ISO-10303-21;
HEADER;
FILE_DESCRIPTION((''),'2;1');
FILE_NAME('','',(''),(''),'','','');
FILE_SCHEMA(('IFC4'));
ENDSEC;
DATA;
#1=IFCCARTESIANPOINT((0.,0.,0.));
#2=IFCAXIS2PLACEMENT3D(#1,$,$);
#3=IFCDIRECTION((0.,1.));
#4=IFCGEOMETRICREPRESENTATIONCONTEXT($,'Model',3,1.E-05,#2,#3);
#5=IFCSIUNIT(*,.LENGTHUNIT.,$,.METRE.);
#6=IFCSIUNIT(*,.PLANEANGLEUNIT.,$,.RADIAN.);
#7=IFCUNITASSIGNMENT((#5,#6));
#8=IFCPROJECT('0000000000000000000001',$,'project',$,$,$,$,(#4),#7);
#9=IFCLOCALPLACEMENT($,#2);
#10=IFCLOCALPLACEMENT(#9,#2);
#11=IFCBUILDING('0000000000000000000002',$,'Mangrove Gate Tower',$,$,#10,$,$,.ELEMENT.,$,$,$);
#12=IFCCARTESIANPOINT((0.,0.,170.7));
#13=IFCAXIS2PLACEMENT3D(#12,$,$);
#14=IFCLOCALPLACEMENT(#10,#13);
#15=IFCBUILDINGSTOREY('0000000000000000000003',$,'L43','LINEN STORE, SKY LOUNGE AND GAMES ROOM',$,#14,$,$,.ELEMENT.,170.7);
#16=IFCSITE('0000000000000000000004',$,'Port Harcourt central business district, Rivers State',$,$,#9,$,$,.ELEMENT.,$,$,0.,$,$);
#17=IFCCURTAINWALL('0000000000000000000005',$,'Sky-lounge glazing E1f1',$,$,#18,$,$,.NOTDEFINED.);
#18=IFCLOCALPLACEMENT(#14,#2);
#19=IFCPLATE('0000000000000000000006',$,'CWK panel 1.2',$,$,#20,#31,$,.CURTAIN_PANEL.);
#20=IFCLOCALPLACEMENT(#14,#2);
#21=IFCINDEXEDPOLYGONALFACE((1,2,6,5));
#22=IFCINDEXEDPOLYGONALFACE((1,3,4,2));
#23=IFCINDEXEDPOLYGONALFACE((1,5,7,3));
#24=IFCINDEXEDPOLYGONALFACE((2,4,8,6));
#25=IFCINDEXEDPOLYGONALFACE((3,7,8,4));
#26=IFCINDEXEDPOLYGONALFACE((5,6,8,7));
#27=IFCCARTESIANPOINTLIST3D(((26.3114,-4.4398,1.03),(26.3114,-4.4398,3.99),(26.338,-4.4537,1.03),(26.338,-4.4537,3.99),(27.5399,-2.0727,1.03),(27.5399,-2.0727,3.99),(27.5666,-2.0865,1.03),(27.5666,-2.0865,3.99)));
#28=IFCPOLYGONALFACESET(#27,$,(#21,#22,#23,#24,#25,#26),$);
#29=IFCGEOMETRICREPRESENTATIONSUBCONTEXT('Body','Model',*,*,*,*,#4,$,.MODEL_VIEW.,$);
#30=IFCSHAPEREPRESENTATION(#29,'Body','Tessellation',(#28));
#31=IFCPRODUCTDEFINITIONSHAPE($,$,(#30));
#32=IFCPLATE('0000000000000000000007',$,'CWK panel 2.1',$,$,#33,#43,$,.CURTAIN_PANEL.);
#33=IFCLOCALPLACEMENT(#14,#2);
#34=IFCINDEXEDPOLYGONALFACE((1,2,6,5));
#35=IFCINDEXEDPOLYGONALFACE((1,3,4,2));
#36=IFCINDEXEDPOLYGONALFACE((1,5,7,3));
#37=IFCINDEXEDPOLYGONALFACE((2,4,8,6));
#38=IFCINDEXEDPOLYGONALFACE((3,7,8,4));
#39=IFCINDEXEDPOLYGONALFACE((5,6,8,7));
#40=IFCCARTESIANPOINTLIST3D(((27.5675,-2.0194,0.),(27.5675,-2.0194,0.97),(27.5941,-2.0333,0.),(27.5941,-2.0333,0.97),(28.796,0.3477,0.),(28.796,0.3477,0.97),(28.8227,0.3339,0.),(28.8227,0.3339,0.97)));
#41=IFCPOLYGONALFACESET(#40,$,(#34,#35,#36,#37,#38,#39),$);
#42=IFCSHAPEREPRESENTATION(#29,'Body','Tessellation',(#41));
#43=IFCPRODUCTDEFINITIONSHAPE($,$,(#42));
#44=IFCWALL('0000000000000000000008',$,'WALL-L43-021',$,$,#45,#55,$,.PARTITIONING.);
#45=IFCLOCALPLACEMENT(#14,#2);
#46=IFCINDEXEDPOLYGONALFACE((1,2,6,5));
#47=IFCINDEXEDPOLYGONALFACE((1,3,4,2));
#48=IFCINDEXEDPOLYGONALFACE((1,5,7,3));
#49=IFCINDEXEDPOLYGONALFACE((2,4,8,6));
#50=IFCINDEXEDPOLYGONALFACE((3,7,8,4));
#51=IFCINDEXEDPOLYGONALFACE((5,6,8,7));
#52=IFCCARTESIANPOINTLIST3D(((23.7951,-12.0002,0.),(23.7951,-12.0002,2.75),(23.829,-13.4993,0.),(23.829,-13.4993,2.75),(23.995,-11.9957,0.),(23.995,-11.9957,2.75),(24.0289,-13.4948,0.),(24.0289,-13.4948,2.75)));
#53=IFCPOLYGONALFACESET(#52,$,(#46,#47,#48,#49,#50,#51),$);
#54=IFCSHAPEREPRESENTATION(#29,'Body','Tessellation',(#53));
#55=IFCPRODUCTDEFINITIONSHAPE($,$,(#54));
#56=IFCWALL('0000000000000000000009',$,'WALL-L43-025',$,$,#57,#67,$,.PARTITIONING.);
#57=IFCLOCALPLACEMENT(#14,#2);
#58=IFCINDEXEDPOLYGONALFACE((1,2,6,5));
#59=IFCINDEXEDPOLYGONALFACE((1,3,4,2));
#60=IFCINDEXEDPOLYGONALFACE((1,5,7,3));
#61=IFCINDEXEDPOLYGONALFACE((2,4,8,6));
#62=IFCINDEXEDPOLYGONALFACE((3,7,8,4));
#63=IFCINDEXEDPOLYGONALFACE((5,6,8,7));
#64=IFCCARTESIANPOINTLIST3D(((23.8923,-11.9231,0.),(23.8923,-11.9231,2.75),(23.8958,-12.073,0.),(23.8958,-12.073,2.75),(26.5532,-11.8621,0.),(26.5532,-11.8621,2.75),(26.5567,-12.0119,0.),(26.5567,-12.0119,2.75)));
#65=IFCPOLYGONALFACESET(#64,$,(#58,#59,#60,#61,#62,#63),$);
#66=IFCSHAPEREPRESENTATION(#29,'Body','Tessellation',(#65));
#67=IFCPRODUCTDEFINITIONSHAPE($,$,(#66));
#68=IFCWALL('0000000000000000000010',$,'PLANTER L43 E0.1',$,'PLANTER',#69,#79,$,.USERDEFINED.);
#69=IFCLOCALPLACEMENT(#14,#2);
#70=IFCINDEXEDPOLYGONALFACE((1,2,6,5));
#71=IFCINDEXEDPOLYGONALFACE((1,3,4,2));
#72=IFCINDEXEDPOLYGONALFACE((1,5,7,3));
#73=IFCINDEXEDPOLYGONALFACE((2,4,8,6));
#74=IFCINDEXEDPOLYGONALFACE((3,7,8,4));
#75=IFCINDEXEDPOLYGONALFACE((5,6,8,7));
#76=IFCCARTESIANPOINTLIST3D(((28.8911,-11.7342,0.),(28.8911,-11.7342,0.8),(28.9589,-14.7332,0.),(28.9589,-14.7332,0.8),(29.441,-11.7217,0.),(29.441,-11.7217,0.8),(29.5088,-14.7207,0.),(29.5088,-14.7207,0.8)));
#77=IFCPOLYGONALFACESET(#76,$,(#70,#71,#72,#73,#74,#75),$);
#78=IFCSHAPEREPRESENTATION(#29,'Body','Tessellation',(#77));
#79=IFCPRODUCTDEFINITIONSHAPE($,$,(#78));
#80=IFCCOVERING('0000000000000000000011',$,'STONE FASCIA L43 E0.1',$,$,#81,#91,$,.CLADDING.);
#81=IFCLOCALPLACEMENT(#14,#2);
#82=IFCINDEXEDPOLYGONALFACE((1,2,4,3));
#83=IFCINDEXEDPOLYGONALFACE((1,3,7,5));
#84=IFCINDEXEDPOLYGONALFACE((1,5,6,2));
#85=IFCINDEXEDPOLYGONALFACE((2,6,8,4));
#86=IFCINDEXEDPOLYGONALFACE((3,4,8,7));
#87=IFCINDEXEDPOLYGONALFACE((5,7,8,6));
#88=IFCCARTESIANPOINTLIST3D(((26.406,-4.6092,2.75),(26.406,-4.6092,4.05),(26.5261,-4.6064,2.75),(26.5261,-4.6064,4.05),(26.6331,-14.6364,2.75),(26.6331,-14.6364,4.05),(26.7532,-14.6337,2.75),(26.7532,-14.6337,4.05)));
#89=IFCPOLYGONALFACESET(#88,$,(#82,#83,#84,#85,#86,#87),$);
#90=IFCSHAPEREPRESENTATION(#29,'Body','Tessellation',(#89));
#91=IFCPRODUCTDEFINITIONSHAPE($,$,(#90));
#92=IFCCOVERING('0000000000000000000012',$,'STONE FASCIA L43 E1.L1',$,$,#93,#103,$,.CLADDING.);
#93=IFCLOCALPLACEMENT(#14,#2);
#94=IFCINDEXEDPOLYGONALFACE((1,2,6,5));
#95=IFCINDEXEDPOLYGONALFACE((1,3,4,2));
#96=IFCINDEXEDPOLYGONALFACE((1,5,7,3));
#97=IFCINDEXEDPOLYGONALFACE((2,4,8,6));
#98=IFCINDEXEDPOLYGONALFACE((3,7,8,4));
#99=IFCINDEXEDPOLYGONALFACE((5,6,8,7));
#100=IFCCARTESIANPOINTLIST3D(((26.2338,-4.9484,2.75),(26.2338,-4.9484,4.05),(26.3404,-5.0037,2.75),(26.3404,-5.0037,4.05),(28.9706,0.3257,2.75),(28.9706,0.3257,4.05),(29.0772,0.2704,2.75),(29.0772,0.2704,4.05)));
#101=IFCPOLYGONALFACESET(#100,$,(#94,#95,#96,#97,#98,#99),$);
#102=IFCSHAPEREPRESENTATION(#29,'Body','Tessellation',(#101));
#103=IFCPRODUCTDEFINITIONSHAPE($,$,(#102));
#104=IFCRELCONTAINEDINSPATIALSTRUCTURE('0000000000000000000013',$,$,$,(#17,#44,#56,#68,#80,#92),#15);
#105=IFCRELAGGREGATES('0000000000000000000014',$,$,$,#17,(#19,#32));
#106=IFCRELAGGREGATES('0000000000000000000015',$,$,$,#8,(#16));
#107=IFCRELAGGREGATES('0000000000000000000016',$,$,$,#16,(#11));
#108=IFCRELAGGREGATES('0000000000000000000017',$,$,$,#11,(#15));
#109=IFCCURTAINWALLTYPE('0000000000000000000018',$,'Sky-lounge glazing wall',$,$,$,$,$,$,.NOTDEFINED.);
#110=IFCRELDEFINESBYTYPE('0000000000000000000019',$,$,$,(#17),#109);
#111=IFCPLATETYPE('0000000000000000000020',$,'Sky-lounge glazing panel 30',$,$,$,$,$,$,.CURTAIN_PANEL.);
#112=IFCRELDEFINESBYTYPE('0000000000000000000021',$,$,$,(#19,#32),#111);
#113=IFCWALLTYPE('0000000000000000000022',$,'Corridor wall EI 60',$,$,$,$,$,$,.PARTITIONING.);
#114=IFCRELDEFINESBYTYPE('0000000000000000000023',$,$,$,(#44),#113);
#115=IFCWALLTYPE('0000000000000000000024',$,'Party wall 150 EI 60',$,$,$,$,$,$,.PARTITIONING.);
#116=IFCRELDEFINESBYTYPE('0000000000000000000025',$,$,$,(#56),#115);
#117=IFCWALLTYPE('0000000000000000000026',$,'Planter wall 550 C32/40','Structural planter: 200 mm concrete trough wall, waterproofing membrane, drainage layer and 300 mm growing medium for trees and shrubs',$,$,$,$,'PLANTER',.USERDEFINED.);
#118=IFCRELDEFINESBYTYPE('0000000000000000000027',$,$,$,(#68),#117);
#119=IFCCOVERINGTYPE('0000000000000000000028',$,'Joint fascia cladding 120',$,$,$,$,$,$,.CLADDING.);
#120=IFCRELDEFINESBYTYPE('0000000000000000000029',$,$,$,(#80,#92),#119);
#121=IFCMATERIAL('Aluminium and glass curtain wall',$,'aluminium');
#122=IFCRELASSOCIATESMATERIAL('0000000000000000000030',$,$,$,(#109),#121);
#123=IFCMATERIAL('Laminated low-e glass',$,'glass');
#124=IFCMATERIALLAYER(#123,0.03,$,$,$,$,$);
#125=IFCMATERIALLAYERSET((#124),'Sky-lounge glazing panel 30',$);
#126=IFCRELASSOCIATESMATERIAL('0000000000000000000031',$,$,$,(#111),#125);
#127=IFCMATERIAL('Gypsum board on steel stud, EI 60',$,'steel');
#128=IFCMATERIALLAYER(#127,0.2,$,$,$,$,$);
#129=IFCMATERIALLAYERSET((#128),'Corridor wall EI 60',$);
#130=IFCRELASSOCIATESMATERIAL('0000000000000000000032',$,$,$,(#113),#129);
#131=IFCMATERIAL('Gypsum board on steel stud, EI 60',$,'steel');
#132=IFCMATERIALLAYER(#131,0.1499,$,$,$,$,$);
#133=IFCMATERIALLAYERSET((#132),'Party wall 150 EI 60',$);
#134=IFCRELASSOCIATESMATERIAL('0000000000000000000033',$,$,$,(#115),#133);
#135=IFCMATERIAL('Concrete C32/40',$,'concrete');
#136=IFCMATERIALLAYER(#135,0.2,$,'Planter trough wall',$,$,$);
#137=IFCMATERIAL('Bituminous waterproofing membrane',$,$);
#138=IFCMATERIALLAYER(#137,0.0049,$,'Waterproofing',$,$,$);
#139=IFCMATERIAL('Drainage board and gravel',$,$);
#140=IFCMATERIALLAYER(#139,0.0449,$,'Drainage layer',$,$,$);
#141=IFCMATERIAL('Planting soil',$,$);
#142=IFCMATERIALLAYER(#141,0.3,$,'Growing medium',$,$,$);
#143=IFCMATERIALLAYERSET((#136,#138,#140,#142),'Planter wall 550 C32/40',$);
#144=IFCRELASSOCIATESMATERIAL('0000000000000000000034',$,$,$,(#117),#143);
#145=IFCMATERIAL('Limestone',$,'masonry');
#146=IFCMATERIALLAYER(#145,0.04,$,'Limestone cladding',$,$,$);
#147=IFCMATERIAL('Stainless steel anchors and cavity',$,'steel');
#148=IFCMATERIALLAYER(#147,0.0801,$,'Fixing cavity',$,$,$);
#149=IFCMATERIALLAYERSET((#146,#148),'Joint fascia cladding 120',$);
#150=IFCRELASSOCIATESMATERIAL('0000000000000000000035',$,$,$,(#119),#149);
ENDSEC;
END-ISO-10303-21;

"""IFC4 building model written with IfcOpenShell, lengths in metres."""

from ifc_helpers import new_model, si_unit, direction, frame, frame_2d, origin, origin_2d, place, context, subcontext, project, spatial, rectangle, extrude, material, layer, layer_set, type_object, element, aggregate, save


model = new_model("IFC4")

# Units and contexts
model_context = context("Model", 3, precision=1e-05, world=origin(), true_north=direction((0.0, 1.0)))
body_context = subcontext(model_context, "Body", "Model", "MODEL_VIEW")
ifc_project = project(units=[si_unit("LENGTHUNIT", "METRE"), si_unit("PLANEANGLEUNIT", "RADIAN")], contexts=[model_context])

# Site, building, storey
site_placement = place(None, origin())
site = spatial("IfcSite", under=ifc_project, at=site_placement, Name="Port Harcourt central business district, Rivers State", CompositionType="ELEMENT", RefElevation=0.0)
building_placement = place(site_placement, origin())
building = spatial("IfcBuilding", under=site, at=building_placement, Name="Mangrove Gate Tower", CompositionType="ELEMENT")
storey_placement = place(building_placement, frame((0.0, 0.0, 170.7)))
storey = spatial("IfcBuildingStorey", under=building, at=storey_placement, Name="L43", Description="LINEN STORE, SKY LOUNGE AND GAMES ROOM", CompositionType="ELEMENT", Elevation=170.7)

# Curtain wall
ifc_material_1 = material(Name="Aluminium and glass curtain wall", Category="aluminium")
curtain_wall_type = type_object("IfcCurtainWallType", Name="Sky-lounge glazing wall", PredefinedType="NOTDEFINED", material=ifc_material_1)
curtain_wall_placement = place(storey_placement, origin())
curtain_wall = element("IfcCurtainWall", 1, at=curtain_wall_placement, inside=storey, type_object=curtain_wall_type, Name="Sky-lounge glazing E1f1", PredefinedType="NOTDEFINED")

# Plates
ifc_material_2 = material(Name="Laminated low-e glass", Category="glass")
ifc_layer_1 = layer(ifc_material_2, 0.03)
ifc_layer_set_1 = layer_set([ifc_layer_1], Name="Sky-lounge glazing panel 30")
plate_type = type_object("IfcPlateType", Name="Sky-lounge glazing panel 30", PredefinedType="CURTAIN_PANEL", material=ifc_layer_set_1)
plate_1_placement = place(storey_placement, frame((26.939, -3.2632, 1.03), z_axis=(0.0, 0.0, 1.0), x_axis=(0.460656, 0.887579, 0.0)))
plate_1 = element("IfcPlate", 2, at=plate_1_placement, type_object=plate_type, Name="CWK panel 1.2", PredefinedType="CURTAIN_PANEL", context=body_context, shape_type="SweptSolid", body=[
    extrude(rectangle(XDim=2.667, YDim=0.03, at=origin_2d()), origin(), (0.0, 0.0, 1.0), 2.96),
])
plate_2_placement = place(storey_placement, frame((28.1951, -0.8428, 0.0), z_axis=(0.0, 0.0, 1.0), x_axis=(0.460656, 0.887579, 0.0)))
plate_2 = element("IfcPlate", 3, at=plate_2_placement, type_object=plate_type, Name="CWK panel 2.1", PredefinedType="CURTAIN_PANEL", context=body_context, shape_type="SweptSolid", body=[
    extrude(rectangle(XDim=2.667, YDim=0.03, at=origin_2d()), origin(), (0.0, 0.0, 1.0), 0.97),
])
aggregate(curtain_wall, [plate_1, plate_2])

# Wall
ifc_material_3 = material(Name="Gypsum board on steel stud, EI 60", Category="steel")
ifc_layer_2 = layer(ifc_material_3, 0.2)
ifc_layer_set_2 = layer_set([ifc_layer_2], Name="Corridor wall EI 60")
wall_type_1 = type_object("IfcWallType", Name="Corridor wall EI 60", PredefinedType="PARTITIONING", material=ifc_layer_set_2)
wall_1_placement = place(storey_placement, frame((23.929, -13.4971, 0.0), z_axis=(0.0, 0.0, 1.0), x_axis=(-0.022633, 0.999744, 0.0)))
element("IfcWall", 4, at=wall_1_placement, inside=storey, type_object=wall_type_1, Name="WALL-L43-021", PredefinedType="PARTITIONING", context=body_context, shape_type="SweptSolid", body=[
    extrude(rectangle(XDim=1.4995, YDim=0.2, at=frame_2d((0.7498, 0.0))), origin(), (0.0, 0.0, 1.0), 2.75),
])

# Shared definitions
ifc_material_4 = material(Name="Limestone", Category="masonry")

# Walls
ifc_material_5 = material(Name="Gypsum board on steel stud, EI 60", Category="steel")
ifc_layer_3 = layer(ifc_material_5, 0.1499)
ifc_layer_set_3 = layer_set([ifc_layer_3], Name="Party wall 150 EI 60")
wall_type_2 = type_object("IfcWallType", Name="Party wall 150 EI 60", PredefinedType="PARTITIONING", material=ifc_layer_set_3)
wall_2_placement = place(storey_placement, frame((23.894, -11.998, 0.0), z_axis=(0.0, 0.0, 1.0), x_axis=(0.999737, 0.022932, 0.0)))
element("IfcWall", 5, at=wall_2_placement, inside=storey, type_object=wall_type_2, Name="WALL-L43-025", PredefinedType="PARTITIONING", context=body_context, shape_type="SweptSolid", body=[
    extrude(rectangle(XDim=2.6616, YDim=0.1499, at=frame_2d((1.3308, 0.0))), origin(), (0.0, 0.0, 1.0), 2.75),
])
ifc_material_6 = material(Name="Concrete C32/40", Category="concrete")
ifc_layer_4 = layer(ifc_material_6, 0.2, Name="Planter trough wall")
ifc_material_7 = material(Name="Bituminous waterproofing membrane")
ifc_layer_5 = layer(ifc_material_7, 0.0049, Name="Waterproofing")
ifc_material_8 = material(Name="Drainage board and gravel")
ifc_layer_6 = layer(ifc_material_8, 0.0449, Name="Drainage layer")
ifc_material_9 = material(Name="Planting soil")
ifc_layer_7 = layer(ifc_material_9, 0.3, Name="Growing medium")
ifc_layer_set_4 = layer_set([ifc_layer_4, ifc_layer_5, ifc_layer_6, ifc_layer_7], Name="Planter wall 550 C32/40")
wall_type_3 = type_object("IfcWallType", Name="Planter wall 550 C32/40", Description="Structural planter: 200 mm concrete trough wall, waterproofing membrane, drainage layer and 300 mm growing medium for trees and shrubs", ElementType="PLANTER", PredefinedType="USERDEFINED", material=ifc_layer_set_4)
wall_3_placement = place(storey_placement, frame((29.2339, -14.7271, 0.0), z_axis=(0.0, 0.0, 1.0), x_axis=(-0.022625, 0.999744, 0.0)))
element("IfcWall", 6, at=wall_3_placement, inside=storey, type_object=wall_type_3, Name="PLANTER L43 E0.1", ObjectType="PLANTER", PredefinedType="USERDEFINED", context=body_context, shape_type="SweptSolid", body=[
    extrude(rectangle(XDim=2.9998, YDim=0.55, at=frame_2d((1.5, 0.0))), origin(), (0.0, 0.0, 1.0), 0.8),
])

# Coverings
ifc_layer_8 = layer(ifc_material_4, 0.04, Name="Limestone cladding")
ifc_material_10 = material(Name="Stainless steel anchors and cavity", Category="steel")
ifc_layer_9 = layer(ifc_material_10, 0.0801, Name="Fixing cavity")
ifc_layer_set_5 = layer_set([ifc_layer_8, ifc_layer_9], Name="Joint fascia cladding 120")
covering_type = type_object("IfcCoveringType", Name="Joint fascia cladding 120", PredefinedType="CLADDING", material=ifc_layer_set_5)
covering_1_placement = place(storey_placement, frame((26.6931, -14.635, 2.75), z_axis=(0.0, 0.0, 1.0), x_axis=(-0.022638, 0.999744, 0.0)))
element("IfcCovering", 7, at=covering_1_placement, inside=storey, type_object=covering_type, Name="STONE FASCIA L43 E0.1", PredefinedType="CLADDING", context=body_context, shape_type="SweptSolid", body=[
    extrude(rectangle(XDim=10.0298, YDim=0.1201, at=frame_2d((5.0149, 0.0))), origin(), (0.0, 0.0, 1.0), 1.3),
])
covering_2_placement = place(storey_placement, frame((26.2871, -4.9761, 2.75), z_axis=(0.0, 0.0, 1.0), x_axis=(0.460591, 0.887613, 0.0)))
element("IfcCovering", 8, at=covering_2_placement, inside=storey, type_object=covering_type, Name="STONE FASCIA L43 E1.L1", PredefinedType="CLADDING", context=body_context, shape_type="SweptSolid", body=[
    extrude(rectangle(XDim=5.9419, YDim=0.1201, at=frame_2d((2.9709, 0.0))), origin(), (0.0, 0.0, 1.0), 1.3),
])

save(model, "model.ifc")
